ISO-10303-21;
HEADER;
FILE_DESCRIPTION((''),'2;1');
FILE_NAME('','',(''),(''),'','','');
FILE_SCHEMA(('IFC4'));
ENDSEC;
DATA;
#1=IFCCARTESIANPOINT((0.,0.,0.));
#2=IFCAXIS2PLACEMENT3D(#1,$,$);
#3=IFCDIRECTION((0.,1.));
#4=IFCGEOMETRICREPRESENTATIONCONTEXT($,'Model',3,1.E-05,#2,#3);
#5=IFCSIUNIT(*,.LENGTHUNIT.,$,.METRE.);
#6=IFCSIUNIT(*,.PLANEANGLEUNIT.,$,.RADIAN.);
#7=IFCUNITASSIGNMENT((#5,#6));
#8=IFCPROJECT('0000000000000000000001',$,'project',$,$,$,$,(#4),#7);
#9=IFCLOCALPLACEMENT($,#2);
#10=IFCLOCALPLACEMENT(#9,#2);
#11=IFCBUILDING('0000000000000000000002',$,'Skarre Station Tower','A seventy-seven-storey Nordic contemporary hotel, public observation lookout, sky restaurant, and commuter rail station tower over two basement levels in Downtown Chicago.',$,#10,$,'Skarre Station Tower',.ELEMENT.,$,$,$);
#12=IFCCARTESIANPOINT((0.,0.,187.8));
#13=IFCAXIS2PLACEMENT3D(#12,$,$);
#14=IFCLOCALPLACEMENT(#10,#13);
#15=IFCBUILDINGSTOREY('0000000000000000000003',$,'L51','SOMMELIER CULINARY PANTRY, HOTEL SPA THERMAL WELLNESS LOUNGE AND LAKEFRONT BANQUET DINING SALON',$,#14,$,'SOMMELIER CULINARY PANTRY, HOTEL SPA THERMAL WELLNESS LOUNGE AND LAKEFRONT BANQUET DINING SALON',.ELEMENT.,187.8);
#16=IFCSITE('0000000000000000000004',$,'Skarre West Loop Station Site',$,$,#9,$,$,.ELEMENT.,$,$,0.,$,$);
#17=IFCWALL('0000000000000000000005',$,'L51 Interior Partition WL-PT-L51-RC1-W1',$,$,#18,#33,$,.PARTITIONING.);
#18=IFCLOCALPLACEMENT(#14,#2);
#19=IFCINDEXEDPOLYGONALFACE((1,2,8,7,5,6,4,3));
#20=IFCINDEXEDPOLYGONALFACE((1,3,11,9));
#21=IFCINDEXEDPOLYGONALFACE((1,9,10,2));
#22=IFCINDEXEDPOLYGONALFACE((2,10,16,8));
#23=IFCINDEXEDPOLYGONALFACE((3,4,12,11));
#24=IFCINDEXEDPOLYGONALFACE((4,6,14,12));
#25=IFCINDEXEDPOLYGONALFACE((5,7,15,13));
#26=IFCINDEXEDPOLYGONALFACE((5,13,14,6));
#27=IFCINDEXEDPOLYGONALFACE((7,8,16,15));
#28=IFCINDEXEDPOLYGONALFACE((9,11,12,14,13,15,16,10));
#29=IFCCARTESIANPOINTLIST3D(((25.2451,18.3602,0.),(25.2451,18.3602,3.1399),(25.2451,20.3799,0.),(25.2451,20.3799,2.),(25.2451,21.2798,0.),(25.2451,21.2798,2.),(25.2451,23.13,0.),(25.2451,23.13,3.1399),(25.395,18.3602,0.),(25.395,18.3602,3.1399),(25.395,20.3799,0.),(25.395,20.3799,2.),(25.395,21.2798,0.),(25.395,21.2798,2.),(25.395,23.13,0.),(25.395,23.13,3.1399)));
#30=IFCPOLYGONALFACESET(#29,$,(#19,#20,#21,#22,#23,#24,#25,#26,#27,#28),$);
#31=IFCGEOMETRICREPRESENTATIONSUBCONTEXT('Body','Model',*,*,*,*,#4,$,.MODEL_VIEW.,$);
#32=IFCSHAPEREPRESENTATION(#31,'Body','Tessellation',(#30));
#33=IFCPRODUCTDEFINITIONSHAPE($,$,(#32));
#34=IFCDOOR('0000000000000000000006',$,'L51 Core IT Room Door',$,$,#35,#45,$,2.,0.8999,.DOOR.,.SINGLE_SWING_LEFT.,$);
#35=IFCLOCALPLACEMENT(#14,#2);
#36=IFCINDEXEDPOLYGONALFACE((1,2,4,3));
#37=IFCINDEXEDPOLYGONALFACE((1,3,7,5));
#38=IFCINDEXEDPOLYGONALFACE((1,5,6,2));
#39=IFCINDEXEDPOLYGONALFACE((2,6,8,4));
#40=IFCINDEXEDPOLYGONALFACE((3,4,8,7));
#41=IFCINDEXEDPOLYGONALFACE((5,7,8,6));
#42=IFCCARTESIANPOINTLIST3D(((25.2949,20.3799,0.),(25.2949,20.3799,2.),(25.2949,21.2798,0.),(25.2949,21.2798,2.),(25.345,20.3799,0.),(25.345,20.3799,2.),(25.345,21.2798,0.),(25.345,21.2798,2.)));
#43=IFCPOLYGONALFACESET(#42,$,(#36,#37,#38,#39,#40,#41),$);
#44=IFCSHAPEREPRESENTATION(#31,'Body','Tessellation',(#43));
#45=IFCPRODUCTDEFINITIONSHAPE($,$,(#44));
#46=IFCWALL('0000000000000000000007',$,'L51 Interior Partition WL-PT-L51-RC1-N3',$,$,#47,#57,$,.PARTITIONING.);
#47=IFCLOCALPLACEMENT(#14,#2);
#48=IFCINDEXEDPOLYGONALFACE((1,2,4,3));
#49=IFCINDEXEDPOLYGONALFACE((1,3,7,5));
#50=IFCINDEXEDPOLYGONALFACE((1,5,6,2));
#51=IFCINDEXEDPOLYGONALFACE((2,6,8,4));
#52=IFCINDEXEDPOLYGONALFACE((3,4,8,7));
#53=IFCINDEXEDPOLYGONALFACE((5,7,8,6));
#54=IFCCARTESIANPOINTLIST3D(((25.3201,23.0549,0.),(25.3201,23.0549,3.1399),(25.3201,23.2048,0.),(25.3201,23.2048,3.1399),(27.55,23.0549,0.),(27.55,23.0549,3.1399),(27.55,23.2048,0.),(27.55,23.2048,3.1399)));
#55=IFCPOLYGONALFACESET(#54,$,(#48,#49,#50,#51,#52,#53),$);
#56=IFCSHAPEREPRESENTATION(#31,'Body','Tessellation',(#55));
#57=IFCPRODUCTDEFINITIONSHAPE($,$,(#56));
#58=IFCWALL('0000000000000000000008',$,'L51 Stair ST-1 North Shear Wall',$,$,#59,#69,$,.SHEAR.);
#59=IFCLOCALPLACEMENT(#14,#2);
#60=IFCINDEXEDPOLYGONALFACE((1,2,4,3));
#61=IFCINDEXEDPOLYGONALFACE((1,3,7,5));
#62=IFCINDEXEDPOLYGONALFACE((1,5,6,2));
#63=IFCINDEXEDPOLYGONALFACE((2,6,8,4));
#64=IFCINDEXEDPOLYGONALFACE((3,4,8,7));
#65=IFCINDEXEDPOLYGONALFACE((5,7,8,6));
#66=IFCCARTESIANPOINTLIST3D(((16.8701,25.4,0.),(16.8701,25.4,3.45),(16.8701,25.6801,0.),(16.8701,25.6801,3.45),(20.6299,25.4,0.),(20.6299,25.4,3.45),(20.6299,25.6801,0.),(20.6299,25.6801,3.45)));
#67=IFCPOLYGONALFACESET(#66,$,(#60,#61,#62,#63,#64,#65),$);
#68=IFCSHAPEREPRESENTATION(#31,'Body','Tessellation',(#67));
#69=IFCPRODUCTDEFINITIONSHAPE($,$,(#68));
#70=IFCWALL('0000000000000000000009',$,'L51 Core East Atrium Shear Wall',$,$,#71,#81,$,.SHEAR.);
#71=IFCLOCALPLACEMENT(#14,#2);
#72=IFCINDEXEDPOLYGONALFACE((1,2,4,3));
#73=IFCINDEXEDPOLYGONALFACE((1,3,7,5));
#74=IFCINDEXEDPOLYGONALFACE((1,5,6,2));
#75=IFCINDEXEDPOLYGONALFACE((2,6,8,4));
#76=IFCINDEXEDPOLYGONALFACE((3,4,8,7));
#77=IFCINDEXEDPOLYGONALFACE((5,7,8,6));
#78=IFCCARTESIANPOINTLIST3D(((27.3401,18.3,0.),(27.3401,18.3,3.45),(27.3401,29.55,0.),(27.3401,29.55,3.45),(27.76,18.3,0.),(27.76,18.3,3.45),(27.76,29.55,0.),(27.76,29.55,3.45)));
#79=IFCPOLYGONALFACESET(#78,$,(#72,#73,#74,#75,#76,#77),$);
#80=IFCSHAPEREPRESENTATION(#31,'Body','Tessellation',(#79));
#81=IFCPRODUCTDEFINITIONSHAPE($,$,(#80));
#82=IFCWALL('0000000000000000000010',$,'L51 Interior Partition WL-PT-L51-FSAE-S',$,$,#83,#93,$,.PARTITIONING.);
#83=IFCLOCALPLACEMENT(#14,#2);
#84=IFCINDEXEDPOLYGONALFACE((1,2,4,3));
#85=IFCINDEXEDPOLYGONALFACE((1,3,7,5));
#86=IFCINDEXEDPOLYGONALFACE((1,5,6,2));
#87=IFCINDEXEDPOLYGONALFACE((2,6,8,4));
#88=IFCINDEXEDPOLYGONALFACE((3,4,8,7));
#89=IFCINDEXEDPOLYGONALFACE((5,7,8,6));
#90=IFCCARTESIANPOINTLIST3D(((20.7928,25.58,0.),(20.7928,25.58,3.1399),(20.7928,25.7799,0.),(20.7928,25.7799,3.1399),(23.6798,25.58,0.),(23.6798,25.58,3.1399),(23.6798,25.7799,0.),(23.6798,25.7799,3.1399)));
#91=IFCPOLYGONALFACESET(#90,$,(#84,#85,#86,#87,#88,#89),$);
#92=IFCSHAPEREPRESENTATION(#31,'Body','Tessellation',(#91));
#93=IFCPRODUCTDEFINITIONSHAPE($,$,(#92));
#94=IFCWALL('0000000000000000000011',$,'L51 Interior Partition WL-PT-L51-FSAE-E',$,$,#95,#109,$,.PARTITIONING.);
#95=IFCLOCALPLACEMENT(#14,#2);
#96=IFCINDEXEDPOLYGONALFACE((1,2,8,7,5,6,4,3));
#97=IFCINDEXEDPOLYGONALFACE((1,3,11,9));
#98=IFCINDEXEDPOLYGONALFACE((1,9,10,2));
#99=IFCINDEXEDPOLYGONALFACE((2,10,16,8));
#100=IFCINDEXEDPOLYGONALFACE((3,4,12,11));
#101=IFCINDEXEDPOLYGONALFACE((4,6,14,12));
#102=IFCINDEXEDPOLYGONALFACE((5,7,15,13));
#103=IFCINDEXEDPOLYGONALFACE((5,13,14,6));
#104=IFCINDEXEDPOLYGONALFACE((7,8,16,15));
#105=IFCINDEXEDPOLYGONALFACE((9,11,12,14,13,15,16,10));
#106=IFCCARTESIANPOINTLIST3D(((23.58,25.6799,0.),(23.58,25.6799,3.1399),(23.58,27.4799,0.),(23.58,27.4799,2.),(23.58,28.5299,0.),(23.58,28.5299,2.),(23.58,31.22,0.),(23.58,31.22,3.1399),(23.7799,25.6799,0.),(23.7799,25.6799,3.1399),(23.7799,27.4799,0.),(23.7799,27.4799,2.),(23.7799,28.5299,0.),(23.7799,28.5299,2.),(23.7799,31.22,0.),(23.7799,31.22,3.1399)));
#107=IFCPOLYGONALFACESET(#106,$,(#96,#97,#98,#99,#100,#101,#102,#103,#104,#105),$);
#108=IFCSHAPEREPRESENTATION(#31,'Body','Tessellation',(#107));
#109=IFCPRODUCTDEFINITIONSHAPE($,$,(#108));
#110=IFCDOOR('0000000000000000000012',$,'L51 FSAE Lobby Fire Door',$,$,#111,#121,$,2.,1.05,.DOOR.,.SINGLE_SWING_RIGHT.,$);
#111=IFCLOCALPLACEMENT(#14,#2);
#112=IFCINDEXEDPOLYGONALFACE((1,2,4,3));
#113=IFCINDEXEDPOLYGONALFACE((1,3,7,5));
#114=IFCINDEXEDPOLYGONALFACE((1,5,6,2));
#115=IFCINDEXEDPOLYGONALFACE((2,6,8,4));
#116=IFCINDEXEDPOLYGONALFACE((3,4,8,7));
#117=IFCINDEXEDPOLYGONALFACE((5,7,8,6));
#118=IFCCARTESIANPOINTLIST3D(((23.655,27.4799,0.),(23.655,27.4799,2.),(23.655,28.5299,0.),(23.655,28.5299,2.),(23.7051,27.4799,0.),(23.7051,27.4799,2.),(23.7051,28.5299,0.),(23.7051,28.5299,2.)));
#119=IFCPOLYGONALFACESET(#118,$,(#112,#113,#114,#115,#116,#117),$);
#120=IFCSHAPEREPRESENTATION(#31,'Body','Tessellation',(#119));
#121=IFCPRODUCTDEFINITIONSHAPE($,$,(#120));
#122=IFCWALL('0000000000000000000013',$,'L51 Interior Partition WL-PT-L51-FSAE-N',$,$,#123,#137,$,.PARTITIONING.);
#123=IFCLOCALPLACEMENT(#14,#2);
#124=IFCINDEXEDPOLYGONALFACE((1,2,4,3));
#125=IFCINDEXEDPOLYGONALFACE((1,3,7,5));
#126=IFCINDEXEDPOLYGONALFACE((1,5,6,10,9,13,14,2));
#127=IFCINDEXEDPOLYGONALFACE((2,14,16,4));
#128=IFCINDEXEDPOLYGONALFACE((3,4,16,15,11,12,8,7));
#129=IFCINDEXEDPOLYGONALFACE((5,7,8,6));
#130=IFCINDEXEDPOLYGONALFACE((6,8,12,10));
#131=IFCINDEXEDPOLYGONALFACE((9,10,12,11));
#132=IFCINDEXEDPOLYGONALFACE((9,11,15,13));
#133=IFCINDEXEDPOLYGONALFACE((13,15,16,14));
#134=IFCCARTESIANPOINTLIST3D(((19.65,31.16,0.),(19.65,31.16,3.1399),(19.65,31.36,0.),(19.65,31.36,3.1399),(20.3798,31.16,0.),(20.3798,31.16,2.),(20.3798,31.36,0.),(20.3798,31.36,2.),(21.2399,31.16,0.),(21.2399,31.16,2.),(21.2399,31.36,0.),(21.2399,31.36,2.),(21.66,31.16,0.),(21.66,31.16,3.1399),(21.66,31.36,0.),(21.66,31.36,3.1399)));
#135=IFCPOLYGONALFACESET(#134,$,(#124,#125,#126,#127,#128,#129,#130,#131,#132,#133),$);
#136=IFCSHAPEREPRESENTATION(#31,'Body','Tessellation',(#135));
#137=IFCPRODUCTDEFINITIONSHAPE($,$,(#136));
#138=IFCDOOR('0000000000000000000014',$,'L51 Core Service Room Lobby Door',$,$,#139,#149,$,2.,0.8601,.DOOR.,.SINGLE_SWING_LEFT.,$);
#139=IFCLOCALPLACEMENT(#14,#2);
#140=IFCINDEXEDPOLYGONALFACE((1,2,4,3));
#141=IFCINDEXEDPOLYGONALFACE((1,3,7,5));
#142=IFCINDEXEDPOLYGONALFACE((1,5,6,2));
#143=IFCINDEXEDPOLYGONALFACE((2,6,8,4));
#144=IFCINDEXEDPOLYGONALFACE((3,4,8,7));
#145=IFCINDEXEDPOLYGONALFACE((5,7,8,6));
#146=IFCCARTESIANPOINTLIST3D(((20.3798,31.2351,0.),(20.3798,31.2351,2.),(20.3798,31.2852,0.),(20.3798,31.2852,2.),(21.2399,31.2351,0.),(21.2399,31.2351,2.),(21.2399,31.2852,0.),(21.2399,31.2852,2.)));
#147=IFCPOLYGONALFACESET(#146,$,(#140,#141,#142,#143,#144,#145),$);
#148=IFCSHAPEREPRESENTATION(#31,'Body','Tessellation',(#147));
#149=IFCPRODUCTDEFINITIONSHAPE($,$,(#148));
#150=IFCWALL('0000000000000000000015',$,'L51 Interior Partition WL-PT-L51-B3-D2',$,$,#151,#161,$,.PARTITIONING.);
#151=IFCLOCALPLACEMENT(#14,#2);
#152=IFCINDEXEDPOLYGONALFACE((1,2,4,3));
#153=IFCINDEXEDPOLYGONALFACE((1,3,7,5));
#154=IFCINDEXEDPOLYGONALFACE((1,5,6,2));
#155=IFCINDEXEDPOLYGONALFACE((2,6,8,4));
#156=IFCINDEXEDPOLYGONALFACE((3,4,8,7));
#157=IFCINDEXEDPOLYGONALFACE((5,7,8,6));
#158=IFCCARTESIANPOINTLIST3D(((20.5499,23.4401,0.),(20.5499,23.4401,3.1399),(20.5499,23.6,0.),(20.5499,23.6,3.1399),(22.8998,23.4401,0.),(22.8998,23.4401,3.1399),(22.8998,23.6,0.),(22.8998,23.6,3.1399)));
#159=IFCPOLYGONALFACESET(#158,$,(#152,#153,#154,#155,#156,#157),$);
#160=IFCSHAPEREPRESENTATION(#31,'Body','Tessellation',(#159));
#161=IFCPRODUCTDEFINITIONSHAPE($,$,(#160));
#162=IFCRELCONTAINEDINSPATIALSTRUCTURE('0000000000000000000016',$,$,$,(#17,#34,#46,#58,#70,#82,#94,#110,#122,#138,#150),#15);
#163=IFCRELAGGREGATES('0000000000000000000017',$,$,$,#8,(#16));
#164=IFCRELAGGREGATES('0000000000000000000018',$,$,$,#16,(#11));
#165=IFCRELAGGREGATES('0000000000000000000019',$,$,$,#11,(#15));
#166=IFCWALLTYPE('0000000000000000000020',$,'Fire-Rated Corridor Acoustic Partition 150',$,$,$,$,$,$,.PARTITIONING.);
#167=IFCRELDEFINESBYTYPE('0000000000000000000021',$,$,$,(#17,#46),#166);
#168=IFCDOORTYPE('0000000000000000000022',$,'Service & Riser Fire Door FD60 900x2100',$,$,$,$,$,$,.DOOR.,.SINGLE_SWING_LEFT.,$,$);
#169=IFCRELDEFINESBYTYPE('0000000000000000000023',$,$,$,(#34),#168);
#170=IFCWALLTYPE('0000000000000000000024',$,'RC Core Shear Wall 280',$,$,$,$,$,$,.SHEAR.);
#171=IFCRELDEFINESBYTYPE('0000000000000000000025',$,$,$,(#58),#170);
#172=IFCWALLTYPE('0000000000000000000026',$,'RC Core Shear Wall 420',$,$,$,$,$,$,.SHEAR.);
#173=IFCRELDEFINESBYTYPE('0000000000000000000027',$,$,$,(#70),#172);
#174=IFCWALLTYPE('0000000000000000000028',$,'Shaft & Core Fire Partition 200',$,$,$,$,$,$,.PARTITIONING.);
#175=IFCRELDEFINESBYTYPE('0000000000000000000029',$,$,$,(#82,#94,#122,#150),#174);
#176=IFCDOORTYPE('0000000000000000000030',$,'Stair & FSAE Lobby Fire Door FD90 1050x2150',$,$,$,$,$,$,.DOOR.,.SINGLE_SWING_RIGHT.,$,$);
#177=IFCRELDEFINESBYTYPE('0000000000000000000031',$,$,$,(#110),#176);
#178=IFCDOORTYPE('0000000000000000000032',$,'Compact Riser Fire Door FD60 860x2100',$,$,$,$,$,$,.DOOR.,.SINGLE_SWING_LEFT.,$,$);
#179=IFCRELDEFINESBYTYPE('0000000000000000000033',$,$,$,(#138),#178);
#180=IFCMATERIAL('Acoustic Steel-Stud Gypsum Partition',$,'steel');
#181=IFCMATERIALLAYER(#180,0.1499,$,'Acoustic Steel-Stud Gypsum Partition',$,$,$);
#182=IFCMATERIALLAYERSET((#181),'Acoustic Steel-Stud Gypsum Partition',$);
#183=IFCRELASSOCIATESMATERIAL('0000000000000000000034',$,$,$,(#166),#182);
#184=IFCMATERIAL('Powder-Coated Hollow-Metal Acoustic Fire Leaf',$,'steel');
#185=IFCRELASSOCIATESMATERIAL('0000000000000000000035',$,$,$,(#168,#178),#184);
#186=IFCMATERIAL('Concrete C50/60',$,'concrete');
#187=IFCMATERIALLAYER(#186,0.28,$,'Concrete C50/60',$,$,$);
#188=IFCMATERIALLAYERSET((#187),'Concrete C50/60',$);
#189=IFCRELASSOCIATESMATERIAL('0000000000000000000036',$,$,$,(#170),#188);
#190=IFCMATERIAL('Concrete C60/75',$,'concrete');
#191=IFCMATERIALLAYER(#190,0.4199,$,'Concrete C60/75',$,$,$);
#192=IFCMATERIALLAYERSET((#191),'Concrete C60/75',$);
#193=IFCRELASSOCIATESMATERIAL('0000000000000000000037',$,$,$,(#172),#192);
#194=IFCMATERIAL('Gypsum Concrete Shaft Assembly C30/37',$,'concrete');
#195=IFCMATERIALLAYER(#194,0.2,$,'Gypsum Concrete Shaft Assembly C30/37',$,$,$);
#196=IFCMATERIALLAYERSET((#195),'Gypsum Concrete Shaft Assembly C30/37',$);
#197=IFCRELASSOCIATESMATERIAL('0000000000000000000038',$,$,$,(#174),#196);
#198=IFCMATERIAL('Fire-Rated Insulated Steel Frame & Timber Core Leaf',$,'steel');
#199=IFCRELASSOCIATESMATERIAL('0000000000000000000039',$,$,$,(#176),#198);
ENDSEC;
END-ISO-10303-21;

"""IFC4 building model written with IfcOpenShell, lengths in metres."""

from ifc_helpers import new_model, si_unit, direction, frame, frame_2d, origin, place, context, subcontext, project, spatial, rectangle, extrude, material, layer, layer_set, type_object, element, fill, save


model = new_model("IFC4")

# Units and contexts
model_context = context("Model", 3, precision=1e-05, world=origin(), true_north=direction((0.0, 1.0)))
body_context = subcontext(model_context, "Body", "Model", "MODEL_VIEW")
ifc_project = project(units=[si_unit("LENGTHUNIT", "METRE"), si_unit("PLANEANGLEUNIT", "RADIAN")], contexts=[model_context])

# Site, building, storey
site_placement = place(None, origin())
site = spatial("IfcSite", under=ifc_project, at=site_placement, Name="Skarre West Loop Station Site", CompositionType="ELEMENT", RefElevation=0.0)
building_placement = place(site_placement, origin())
building = spatial("IfcBuilding", under=site, at=building_placement, Name="Skarre Station Tower", Description="A seventy-seven-storey Nordic contemporary hotel, public observation lookout, sky restaurant, and commuter rail station tower over two basement levels in Downtown Chicago.", LongName="Skarre Station Tower", CompositionType="ELEMENT")
storey_placement = place(building_placement, frame((0.0, 0.0, 187.8)))
storey = spatial("IfcBuildingStorey", under=building, at=storey_placement, Name="L51", Description="SOMMELIER CULINARY PANTRY, HOTEL SPA THERMAL WELLNESS LOUNGE AND LAKEFRONT BANQUET DINING SALON", LongName="SOMMELIER CULINARY PANTRY, HOTEL SPA THERMAL WELLNESS LOUNGE AND LAKEFRONT BANQUET DINING SALON", CompositionType="ELEMENT", Elevation=187.8)

# Wall, opening, door
ifc_material_1 = material(Name="Acoustic Steel-Stud Gypsum Partition", Category="steel")
ifc_layer_1 = layer(ifc_material_1, 0.1499, Name="Acoustic Steel-Stud Gypsum Partition")
ifc_layer_set_1 = layer_set([ifc_layer_1], Name="Acoustic Steel-Stud Gypsum Partition")
wall_type_1 = type_object("IfcWallType", Name="Fire-Rated Corridor Acoustic Partition 150", PredefinedType="PARTITIONING", material=ifc_layer_set_1)
wall_1_placement = place(storey_placement, frame((25.3201, 23.1299, 0.0), z_axis=(0.0, 0.0, 1.0), x_axis=(0.0, -1.0, 0.0)))
wall_1 = element("IfcWall", 1, at=wall_1_placement, inside=storey, type_object=wall_type_1, Name="L51 Interior Partition WL-PT-L51-RC1-W1", PredefinedType="PARTITIONING", context=body_context, shape_type="SweptSolid", body=[
    extrude(rectangle(XDim=4.7698, YDim=0.1499, at=frame_2d((2.3848, 0.0))), origin(), (0.0, 0.0, 1.0), 3.1399),
])
opening_1_placement = place(wall_1_placement, frame((1.8501, 0.0, 0.0)))
opening_1 = element("IfcOpeningElement", 2, at=opening_1_placement, cuts=wall_1, PredefinedType="OPENING", context=body_context, shape_type="SweptSolid", body=[
    extrude(rectangle(XDim=0.8999, YDim=2.0, at=frame_2d((0.45, 1.0))), frame((0.0, 0.085, 0.0), z_axis=(0.0, -1.0, 0.0), x_axis=(1.0, 0.0, 0.0)), (0.0, 0.0, 1.0), 0.1699),
])
ifc_material_2 = material(Name="Powder-Coated Hollow-Metal Acoustic Fire Leaf", Category="steel")
door_type_1 = type_object("IfcDoorType", Name="Service & Riser Fire Door FD60 900x2100", OperationType="SINGLE_SWING_LEFT", PredefinedType="DOOR", material=ifc_material_2)
door_1_placement = place(opening_1_placement, origin())
door_1 = element("IfcDoor", 3, at=door_1_placement, inside=storey, type_object=door_type_1, Name="L51 Core IT Room Door", OperationType="SINGLE_SWING_LEFT", OverallHeight=2.0, OverallWidth=0.8999, PredefinedType="DOOR", context=body_context, shape_type="SweptSolid", body=[
    extrude(rectangle(XDim=0.8999, YDim=2.0, at=frame_2d((0.45, 1.0))), frame((0.0, 0.0249, 0.0), z_axis=(0.0, -1.0, 0.0), x_axis=(1.0, 0.0, 0.0)), (0.0, 0.0, 1.0), 0.05),
])
fill(opening_1, door_1)

# Walls
wall_2_placement = place(storey_placement, frame((25.3201, 23.1299, 0.0), z_axis=(0.0, 0.0, 1.0), x_axis=(1.0, 0.0, 0.0)))
element("IfcWall", 4, at=wall_2_placement, inside=storey, type_object=wall_type_1, Name="L51 Interior Partition WL-PT-L51-RC1-N3", PredefinedType="PARTITIONING", context=body_context, shape_type="SweptSolid", body=[
    extrude(rectangle(XDim=2.23, YDim=0.1499, at=frame_2d((1.115, 0.0))), origin(), (0.0, 0.0, 1.0), 3.1399),
])
ifc_material_3 = material(Name="Concrete C50/60", Category="concrete")
ifc_layer_2 = layer(ifc_material_3, 0.28, Name="Concrete C50/60")
ifc_layer_set_2 = layer_set([ifc_layer_2], Name="Concrete C50/60")
wall_type_2 = type_object("IfcWallType", Name="RC Core Shear Wall 280", PredefinedType="SHEAR", material=ifc_layer_set_2)
wall_3_placement = place(storey_placement, frame((20.6299, 25.54, 0.0), z_axis=(0.0, 0.0, 1.0), x_axis=(-1.0, 0.0, 0.0)))
element("IfcWall", 5, at=wall_3_placement, inside=storey, type_object=wall_type_2, Name="L51 Stair ST-1 North Shear Wall", PredefinedType="SHEAR", context=body_context, shape_type="SweptSolid", body=[
    extrude(rectangle(XDim=3.7598, YDim=0.28, at=frame_2d((1.8799, 0.0))), origin(), (0.0, 0.0, 1.0), 3.45),
])
ifc_material_4 = material(Name="Concrete C60/75", Category="concrete")
ifc_layer_3 = layer(ifc_material_4, 0.4199, Name="Concrete C60/75")
ifc_layer_set_3 = layer_set([ifc_layer_3], Name="Concrete C60/75")
wall_type_3 = type_object("IfcWallType", Name="RC Core Shear Wall 420", PredefinedType="SHEAR", material=ifc_layer_set_3)
wall_4_placement = place(storey_placement, frame((27.55, 29.55, 0.0), z_axis=(0.0, 0.0, 1.0), x_axis=(0.0, -1.0, 0.0)))
element("IfcWall", 6, at=wall_4_placement, inside=storey, type_object=wall_type_3, Name="L51 Core East Atrium Shear Wall", PredefinedType="SHEAR", context=body_context, shape_type="SweptSolid", body=[
    extrude(rectangle(XDim=11.25, YDim=0.4199, at=frame_2d((5.625, 0.0))), origin(), (0.0, 0.0, 1.0), 3.45),
])
ifc_material_5 = material(Name="Gypsum Concrete Shaft Assembly C30/37", Category="concrete")
ifc_layer_4 = layer(ifc_material_5, 0.2, Name="Gypsum Concrete Shaft Assembly C30/37")
ifc_layer_set_4 = layer_set([ifc_layer_4], Name="Gypsum Concrete Shaft Assembly C30/37")
wall_type_4 = type_object("IfcWallType", Name="Shaft & Core Fire Partition 200", PredefinedType="PARTITIONING", material=ifc_layer_set_4)
wall_5_placement = place(storey_placement, frame((20.793, 25.6799, 0.0), z_axis=(0.0, 0.0, 1.0), x_axis=(1.0, 0.0, 0.0)))
element("IfcWall", 7, at=wall_5_placement, inside=storey, type_object=wall_type_4, Name="L51 Interior Partition WL-PT-L51-FSAE-S", PredefinedType="PARTITIONING", context=body_context, shape_type="SweptSolid", body=[
    extrude(rectangle(XDim=2.887, YDim=0.2, at=frame_2d((1.4434, 0.0))), origin(), (0.0, 0.0, 1.0), 3.1399),
])

# Walls, openings, doors
wall_6_placement = place(storey_placement, frame((23.6799, 25.6799, 0.0), z_axis=(0.0, 0.0, 1.0), x_axis=(0.0, 1.0, 0.0)))
wall_6 = element("IfcWall", 8, at=wall_6_placement, inside=storey, type_object=wall_type_4, Name="L51 Interior Partition WL-PT-L51-FSAE-E", PredefinedType="PARTITIONING", context=body_context, shape_type="SweptSolid", body=[
    extrude(rectangle(XDim=5.54, YDim=0.2, at=frame_2d((2.77, 0.0))), origin(), (0.0, 0.0, 1.0), 3.1399),
])
opening_2_placement = place(wall_6_placement, frame((1.8, 0.0, 0.0)))
opening_2 = element("IfcOpeningElement", 9, at=opening_2_placement, cuts=wall_6, PredefinedType="OPENING", context=body_context, shape_type="SweptSolid", body=[
    extrude(rectangle(XDim=1.05, YDim=2.0, at=frame_2d((0.5249, 1.0))), frame((0.0, 0.1099, 0.0), z_axis=(0.0, -1.0, 0.0), x_axis=(1.0, 0.0, 0.0)), (0.0, 0.0, 1.0), 0.22),
])
ifc_material_6 = material(Name="Fire-Rated Insulated Steel Frame & Timber Core Leaf", Category="steel")
door_type_2 = type_object("IfcDoorType", Name="Stair & FSAE Lobby Fire Door FD90 1050x2150", OperationType="SINGLE_SWING_RIGHT", PredefinedType="DOOR", material=ifc_material_6)
door_2_placement = place(opening_2_placement, origin())
door_2 = element("IfcDoor", 10, at=door_2_placement, inside=storey, type_object=door_type_2, Name="L51 FSAE Lobby Fire Door", OperationType="SINGLE_SWING_RIGHT", OverallHeight=2.0, OverallWidth=1.05, PredefinedType="DOOR", context=body_context, shape_type="SweptSolid", body=[
    extrude(rectangle(XDim=1.05, YDim=2.0, at=frame_2d((0.5249, 1.0))), frame((0.0, 0.0249, 0.0), z_axis=(0.0, -1.0, 0.0), x_axis=(1.0, 0.0, 0.0)), (0.0, 0.0, 1.0), 0.05),
])
fill(opening_2, door_2)
wall_7_placement = place(storey_placement, frame((21.6599, 31.26, 0.0), z_axis=(0.0, 0.0, 1.0), x_axis=(-1.0, 0.0, 0.0)))
wall_7 = element("IfcWall", 11, at=wall_7_placement, inside=storey, type_object=wall_type_4, Name="L51 Interior Partition WL-PT-L51-FSAE-N", PredefinedType="PARTITIONING", context=body_context, shape_type="SweptSolid", body=[
    extrude(rectangle(XDim=2.01, YDim=0.2, at=frame_2d((1.0049, 0.0))), origin(), (0.0, 0.0, 1.0), 3.1399),
])
opening_3_placement = place(wall_7_placement, frame((0.4199, 0.0, 0.0)))
opening_3 = element("IfcOpeningElement", 12, at=opening_3_placement, cuts=wall_7, PredefinedType="OPENING", context=body_context, shape_type="SweptSolid", body=[
    extrude(rectangle(XDim=0.8601, YDim=2.0, at=frame_2d((0.4302, 1.0))), frame((0.0, 0.1099, 0.0), z_axis=(0.0, -1.0, 0.0), x_axis=(1.0, 0.0, 0.0)), (0.0, 0.0, 1.0), 0.22),
])
door_type_3 = type_object("IfcDoorType", Name="Compact Riser Fire Door FD60 860x2100", OperationType="SINGLE_SWING_LEFT", PredefinedType="DOOR", material=ifc_material_2)
door_3_placement = place(opening_3_placement, origin())
door_3 = element("IfcDoor", 13, at=door_3_placement, inside=storey, type_object=door_type_3, Name="L51 Core Service Room Lobby Door", OperationType="SINGLE_SWING_LEFT", OverallHeight=2.0, OverallWidth=0.8601, PredefinedType="DOOR", context=body_context, shape_type="SweptSolid", body=[
    extrude(rectangle(XDim=0.8601, YDim=2.0, at=frame_2d((0.4302, 1.0))), frame((0.0, 0.0249, 0.0), z_axis=(0.0, -1.0, 0.0), x_axis=(1.0, 0.0, 0.0)), (0.0, 0.0, 1.0), 0.05),
])
fill(opening_3, door_3)

# Wall
wall_8_placement = place(storey_placement, frame((20.55, 23.52, 0.0), z_axis=(0.0, 0.0, 1.0), x_axis=(1.0, 0.0, 0.0)))
element("IfcWall", 14, at=wall_8_placement, inside=storey, type_object=wall_type_4, Name="L51 Interior Partition WL-PT-L51-B3-D2", PredefinedType="PARTITIONING", context=body_context, shape_type="SweptSolid", body=[
    extrude(rectangle(XDim=2.3499, YDim=0.1599, at=frame_2d((1.1748, 0.0))), origin(), (0.0, 0.0, 1.0), 3.1399),
])

save(model, "model.ifc")
